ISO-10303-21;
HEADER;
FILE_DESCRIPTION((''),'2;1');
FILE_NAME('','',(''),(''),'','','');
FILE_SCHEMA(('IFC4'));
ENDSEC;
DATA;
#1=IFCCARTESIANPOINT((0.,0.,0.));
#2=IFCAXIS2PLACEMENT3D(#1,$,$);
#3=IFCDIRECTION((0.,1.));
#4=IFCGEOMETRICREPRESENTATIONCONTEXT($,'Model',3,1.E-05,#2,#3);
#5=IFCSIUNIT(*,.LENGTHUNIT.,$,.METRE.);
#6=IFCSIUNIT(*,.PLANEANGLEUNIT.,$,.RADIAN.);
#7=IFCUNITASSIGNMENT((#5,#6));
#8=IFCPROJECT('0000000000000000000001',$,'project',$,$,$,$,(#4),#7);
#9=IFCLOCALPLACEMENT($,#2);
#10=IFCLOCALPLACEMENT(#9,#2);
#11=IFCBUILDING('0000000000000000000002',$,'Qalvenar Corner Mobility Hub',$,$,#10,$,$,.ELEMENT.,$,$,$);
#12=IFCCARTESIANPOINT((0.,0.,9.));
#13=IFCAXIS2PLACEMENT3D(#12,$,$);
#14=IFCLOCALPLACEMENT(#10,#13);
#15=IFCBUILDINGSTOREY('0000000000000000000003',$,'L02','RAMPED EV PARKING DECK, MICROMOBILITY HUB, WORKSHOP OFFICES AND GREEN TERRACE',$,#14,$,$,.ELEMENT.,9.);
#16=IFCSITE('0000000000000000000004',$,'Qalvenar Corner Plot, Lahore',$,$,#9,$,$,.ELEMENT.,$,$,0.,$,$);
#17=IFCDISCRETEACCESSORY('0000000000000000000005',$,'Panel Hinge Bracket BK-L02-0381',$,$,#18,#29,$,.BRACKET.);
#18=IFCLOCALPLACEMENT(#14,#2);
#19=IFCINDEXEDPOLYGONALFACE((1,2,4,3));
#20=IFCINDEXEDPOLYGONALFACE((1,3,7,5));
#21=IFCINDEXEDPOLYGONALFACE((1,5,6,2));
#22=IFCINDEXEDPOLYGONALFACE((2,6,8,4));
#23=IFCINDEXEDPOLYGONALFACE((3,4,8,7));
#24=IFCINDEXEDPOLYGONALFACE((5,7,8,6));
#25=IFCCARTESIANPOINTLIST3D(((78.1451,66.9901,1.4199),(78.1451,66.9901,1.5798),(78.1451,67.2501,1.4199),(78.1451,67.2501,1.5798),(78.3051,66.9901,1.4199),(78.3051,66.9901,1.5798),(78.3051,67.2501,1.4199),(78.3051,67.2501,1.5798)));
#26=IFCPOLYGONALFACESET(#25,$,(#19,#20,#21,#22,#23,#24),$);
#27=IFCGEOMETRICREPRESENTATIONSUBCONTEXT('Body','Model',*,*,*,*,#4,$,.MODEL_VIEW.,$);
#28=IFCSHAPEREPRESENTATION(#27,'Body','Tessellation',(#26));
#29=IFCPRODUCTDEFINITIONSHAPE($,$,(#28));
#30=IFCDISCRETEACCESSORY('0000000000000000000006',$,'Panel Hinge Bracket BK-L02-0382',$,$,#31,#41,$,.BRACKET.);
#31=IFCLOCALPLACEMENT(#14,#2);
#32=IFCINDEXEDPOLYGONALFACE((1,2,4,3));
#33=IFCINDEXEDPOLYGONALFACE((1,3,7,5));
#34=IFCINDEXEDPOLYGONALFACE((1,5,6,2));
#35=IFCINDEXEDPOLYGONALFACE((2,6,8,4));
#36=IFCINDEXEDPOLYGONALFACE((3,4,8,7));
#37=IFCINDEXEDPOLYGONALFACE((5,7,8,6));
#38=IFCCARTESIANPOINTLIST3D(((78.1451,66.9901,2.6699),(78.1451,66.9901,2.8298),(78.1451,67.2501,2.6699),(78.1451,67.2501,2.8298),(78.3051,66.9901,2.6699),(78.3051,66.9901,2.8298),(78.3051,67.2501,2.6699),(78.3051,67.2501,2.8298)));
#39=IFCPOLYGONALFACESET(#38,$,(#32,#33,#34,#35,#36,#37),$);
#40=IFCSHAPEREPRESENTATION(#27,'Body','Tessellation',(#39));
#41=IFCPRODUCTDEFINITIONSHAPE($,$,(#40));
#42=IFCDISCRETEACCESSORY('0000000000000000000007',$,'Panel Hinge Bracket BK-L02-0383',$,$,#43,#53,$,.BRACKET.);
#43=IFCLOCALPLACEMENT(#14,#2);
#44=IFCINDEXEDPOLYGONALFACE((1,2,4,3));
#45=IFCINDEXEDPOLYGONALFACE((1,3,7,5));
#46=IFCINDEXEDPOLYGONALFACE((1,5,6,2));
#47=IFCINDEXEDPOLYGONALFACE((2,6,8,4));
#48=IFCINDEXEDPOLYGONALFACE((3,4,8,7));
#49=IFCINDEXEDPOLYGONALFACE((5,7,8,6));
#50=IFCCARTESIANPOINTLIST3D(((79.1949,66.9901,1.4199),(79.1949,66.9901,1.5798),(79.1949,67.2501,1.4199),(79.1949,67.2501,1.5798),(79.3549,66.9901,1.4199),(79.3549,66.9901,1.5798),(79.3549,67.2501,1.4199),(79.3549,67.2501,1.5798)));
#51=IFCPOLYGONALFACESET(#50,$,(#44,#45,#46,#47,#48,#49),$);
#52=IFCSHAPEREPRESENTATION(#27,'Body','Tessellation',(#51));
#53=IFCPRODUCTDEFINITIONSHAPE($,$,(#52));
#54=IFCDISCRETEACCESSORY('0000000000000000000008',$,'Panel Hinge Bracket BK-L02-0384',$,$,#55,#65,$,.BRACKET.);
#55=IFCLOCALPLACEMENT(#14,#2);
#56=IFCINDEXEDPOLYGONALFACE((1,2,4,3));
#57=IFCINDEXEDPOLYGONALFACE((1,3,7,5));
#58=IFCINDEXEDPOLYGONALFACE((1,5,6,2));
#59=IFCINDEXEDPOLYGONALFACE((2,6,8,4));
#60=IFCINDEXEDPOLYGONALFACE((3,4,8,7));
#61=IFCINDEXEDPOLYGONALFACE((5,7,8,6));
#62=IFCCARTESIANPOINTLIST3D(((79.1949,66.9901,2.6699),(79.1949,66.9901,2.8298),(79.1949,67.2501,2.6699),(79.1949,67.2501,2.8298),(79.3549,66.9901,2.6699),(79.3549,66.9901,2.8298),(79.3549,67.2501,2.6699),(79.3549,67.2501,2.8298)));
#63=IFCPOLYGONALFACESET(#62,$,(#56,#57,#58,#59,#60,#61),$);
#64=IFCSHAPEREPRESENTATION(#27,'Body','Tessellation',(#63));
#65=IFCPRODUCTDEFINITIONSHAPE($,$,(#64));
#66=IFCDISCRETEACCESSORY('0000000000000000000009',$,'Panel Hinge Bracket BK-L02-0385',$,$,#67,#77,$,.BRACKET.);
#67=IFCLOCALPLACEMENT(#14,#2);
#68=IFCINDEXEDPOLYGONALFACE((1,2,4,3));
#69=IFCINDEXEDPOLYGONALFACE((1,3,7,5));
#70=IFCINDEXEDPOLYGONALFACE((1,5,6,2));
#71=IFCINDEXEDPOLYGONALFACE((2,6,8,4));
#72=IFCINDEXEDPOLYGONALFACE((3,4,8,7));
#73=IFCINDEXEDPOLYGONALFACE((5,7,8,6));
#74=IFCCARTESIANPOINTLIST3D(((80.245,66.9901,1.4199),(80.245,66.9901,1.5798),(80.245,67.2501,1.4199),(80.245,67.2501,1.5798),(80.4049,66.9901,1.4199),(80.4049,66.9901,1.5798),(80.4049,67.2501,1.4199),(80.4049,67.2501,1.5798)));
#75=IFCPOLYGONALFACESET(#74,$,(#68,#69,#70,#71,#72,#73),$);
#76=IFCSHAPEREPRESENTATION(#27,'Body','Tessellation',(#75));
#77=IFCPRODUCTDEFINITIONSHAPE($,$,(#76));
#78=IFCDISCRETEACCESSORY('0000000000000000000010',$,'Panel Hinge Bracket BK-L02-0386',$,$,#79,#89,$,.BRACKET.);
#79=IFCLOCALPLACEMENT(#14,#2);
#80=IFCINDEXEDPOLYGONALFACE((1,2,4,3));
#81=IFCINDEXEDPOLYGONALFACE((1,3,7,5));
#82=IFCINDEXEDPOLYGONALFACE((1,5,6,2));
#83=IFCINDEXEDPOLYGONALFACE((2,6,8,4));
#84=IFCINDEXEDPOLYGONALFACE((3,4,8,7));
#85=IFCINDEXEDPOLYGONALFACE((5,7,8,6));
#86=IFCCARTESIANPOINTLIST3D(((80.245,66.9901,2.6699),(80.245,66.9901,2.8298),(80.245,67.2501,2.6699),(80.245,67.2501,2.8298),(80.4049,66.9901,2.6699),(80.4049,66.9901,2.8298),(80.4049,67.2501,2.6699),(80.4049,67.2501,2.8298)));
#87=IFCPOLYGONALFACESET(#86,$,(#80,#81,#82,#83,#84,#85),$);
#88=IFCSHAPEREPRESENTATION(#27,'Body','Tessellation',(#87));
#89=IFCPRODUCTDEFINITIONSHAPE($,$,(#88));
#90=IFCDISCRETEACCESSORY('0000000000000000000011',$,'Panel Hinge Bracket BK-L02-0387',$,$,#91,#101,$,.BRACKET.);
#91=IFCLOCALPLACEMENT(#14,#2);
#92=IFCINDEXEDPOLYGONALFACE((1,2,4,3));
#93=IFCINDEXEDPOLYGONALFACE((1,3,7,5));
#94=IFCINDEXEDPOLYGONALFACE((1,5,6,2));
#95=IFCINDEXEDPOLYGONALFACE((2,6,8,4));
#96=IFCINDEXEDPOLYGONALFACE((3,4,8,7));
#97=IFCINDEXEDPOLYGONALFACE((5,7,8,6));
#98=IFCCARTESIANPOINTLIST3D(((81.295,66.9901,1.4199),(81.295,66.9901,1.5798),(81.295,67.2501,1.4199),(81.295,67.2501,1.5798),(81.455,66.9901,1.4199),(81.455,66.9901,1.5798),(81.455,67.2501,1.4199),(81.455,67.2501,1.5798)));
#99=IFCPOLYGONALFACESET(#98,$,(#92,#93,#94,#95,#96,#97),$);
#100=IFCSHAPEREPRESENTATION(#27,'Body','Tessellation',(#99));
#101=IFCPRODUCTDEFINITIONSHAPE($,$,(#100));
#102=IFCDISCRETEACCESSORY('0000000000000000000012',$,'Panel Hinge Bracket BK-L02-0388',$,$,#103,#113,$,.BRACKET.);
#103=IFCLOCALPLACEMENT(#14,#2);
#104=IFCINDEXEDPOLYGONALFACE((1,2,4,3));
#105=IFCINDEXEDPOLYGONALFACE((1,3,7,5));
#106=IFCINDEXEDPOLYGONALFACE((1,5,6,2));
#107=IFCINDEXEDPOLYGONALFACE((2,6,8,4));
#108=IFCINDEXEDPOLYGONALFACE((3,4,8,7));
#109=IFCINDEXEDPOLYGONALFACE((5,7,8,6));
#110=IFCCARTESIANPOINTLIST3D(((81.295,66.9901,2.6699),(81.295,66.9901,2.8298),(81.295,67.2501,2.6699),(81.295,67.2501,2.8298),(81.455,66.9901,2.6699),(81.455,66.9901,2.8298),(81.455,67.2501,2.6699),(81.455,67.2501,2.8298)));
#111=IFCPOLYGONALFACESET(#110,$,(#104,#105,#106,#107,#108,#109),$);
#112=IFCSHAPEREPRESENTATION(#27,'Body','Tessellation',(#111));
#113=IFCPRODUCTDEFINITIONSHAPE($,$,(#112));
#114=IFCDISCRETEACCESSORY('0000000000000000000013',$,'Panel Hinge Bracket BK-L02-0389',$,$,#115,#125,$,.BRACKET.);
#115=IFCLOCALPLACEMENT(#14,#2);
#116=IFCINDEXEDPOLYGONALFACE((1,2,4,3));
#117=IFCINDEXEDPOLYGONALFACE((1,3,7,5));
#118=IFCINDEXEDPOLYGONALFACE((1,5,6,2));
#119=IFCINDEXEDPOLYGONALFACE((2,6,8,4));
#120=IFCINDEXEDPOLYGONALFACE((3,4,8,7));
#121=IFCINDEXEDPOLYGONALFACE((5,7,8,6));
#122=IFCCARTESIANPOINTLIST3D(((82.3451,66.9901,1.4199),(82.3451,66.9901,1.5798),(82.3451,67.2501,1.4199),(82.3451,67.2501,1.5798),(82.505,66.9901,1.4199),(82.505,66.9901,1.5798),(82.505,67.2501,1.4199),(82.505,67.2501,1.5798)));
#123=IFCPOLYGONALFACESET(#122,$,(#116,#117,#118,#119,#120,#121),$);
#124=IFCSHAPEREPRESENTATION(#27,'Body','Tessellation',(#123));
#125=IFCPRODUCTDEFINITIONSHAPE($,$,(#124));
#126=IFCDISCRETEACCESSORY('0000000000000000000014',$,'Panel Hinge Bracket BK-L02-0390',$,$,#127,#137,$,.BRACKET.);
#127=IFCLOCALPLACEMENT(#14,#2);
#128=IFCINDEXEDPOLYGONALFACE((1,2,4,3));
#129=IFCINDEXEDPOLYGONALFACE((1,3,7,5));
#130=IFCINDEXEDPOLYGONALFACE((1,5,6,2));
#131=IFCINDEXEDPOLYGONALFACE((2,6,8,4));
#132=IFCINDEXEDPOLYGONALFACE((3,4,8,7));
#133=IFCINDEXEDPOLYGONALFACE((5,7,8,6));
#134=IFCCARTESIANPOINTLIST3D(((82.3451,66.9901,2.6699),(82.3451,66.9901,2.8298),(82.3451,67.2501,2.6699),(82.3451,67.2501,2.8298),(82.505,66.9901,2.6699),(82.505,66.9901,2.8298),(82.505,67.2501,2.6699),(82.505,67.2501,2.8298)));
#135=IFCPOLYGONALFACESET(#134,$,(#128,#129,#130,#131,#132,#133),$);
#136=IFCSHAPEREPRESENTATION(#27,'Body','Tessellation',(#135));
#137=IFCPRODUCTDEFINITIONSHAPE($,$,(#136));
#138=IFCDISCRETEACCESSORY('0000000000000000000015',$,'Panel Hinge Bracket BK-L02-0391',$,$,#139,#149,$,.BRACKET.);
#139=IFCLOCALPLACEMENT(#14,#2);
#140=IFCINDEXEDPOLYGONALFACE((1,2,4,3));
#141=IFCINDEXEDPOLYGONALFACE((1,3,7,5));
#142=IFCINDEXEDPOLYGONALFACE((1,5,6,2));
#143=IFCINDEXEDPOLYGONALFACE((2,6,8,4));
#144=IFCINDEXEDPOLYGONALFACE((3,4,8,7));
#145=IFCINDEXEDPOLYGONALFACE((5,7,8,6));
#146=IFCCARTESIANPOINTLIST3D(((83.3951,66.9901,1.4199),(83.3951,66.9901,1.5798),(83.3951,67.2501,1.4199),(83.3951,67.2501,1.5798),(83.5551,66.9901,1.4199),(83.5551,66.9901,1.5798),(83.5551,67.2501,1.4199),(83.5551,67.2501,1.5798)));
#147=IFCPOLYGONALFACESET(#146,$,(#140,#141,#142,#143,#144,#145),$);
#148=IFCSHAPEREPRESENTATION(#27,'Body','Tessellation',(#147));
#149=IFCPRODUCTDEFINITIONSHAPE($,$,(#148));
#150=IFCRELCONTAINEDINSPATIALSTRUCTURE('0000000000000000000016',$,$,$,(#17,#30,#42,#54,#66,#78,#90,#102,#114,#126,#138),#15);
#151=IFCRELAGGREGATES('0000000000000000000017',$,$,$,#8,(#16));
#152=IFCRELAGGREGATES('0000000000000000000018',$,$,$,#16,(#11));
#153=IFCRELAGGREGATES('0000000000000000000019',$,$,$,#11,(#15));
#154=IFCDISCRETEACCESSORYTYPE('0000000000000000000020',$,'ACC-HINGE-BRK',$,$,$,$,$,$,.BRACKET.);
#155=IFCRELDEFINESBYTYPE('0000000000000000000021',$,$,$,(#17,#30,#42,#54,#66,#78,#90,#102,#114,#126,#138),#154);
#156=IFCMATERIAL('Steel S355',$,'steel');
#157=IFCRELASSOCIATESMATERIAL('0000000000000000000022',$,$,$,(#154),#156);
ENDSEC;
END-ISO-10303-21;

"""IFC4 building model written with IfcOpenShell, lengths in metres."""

from ifc_helpers import new_model, si_unit, direction, frame, origin, origin_2d, place, context, subcontext, project, spatial, rectangle, extrude, material, type_object, element, save


model = new_model("IFC4")

# Units and contexts
model_context = context("Model", 3, precision=1e-05, world=origin(), true_north=direction((0.0, 1.0)))
body_context = subcontext(model_context, "Body", "Model", "MODEL_VIEW")
ifc_project = project(units=[si_unit("LENGTHUNIT", "METRE"), si_unit("PLANEANGLEUNIT", "RADIAN")], contexts=[model_context])

# Site, building, storey
site_placement = place(None, origin())
site = spatial("IfcSite", under=ifc_project, at=site_placement, Name="Qalvenar Corner Plot, Lahore", CompositionType="ELEMENT", RefElevation=0.0)
building_placement = place(site_placement, origin())
building = spatial("IfcBuilding", under=site, at=building_placement, Name="Qalvenar Corner Mobility Hub", CompositionType="ELEMENT")
storey_placement = place(building_placement, frame((0.0, 0.0, 9.0)))
storey = spatial("IfcBuildingStorey", under=building, at=storey_placement, Name="L02", Description="RAMPED EV PARKING DECK, MICROMOBILITY HUB, WORKSHOP OFFICES AND GREEN TERRACE", CompositionType="ELEMENT", Elevation=9.0)

# Discrete accessories
ifc_material_1 = material(Name="Steel S355", Category="steel")
discrete_accessory_type = type_object("IfcDiscreteAccessoryType", Name="ACC-HINGE-BRK", PredefinedType="BRACKET", material=ifc_material_1)
for number, where, z_axis, x_axis, name in (
    (1, (78.2251, 67.1201, 1.4199), (0.0, 0.0, 1.0), (1.0, 0.0, 0.0), "Panel Hinge Bracket BK-L02-0381"),
    (2, (78.2251, 67.1201, 2.6699), (0.0, 0.0, 1.0), (1.0, 0.0, 0.0), "Panel Hinge Bracket BK-L02-0382"),
    (3, (79.2749, 67.1201, 1.4199), (0.0, 0.0, 1.0), (1.0, 0.0, 0.0), "Panel Hinge Bracket BK-L02-0383"),
    (4, (79.2749, 67.1201, 2.6699), (0.0, 0.0, 1.0), (1.0, 0.0, 0.0), "Panel Hinge Bracket BK-L02-0384"),
    (5, (80.325, 67.1201, 1.4199), (0.0, 0.0, 1.0), (1.0, 0.0, 0.0), "Panel Hinge Bracket BK-L02-0385"),
    (6, (80.325, 67.1201, 2.6699), (0.0, 0.0, 1.0), (1.0, 0.0, 0.0), "Panel Hinge Bracket BK-L02-0386"),
    (7, (81.375, 67.1201, 1.4199), (0.0, 0.0, 1.0), (1.0, 0.0, 0.0), "Panel Hinge Bracket BK-L02-0387"),
    (8, (81.375, 67.1201, 2.6699), (0.0, 0.0, 1.0), (1.0, 0.0, 0.0), "Panel Hinge Bracket BK-L02-0388"),
    (9, (82.425, 67.1201, 1.4199), (0.0, 0.0, 1.0), (1.0, 0.0, 0.0), "Panel Hinge Bracket BK-L02-0389"),
    (10, (82.425, 67.1201, 2.6699), (0.0, 0.0, 1.0), (1.0, 0.0, 0.0), "Panel Hinge Bracket BK-L02-0390"),
    (11, (83.4751, 67.1201, 1.4199), (0.0, 0.0, 1.0), (1.0, 0.0, 0.0), "Panel Hinge Bracket BK-L02-0391"),
):
    element("IfcDiscreteAccessory", number, at=place(storey_placement, frame(where, z_axis=z_axis, x_axis=x_axis)), inside=storey, type_object=discrete_accessory_type, Name=name, PredefinedType="BRACKET", context=body_context, shape_type="SweptSolid", body=[
        extrude(rectangle(XDim=0.1599, YDim=0.26, at=origin_2d()), origin(), (0.0, 0.0, 1.0), 0.1599),
    ])

save(model, "model.ifc")
